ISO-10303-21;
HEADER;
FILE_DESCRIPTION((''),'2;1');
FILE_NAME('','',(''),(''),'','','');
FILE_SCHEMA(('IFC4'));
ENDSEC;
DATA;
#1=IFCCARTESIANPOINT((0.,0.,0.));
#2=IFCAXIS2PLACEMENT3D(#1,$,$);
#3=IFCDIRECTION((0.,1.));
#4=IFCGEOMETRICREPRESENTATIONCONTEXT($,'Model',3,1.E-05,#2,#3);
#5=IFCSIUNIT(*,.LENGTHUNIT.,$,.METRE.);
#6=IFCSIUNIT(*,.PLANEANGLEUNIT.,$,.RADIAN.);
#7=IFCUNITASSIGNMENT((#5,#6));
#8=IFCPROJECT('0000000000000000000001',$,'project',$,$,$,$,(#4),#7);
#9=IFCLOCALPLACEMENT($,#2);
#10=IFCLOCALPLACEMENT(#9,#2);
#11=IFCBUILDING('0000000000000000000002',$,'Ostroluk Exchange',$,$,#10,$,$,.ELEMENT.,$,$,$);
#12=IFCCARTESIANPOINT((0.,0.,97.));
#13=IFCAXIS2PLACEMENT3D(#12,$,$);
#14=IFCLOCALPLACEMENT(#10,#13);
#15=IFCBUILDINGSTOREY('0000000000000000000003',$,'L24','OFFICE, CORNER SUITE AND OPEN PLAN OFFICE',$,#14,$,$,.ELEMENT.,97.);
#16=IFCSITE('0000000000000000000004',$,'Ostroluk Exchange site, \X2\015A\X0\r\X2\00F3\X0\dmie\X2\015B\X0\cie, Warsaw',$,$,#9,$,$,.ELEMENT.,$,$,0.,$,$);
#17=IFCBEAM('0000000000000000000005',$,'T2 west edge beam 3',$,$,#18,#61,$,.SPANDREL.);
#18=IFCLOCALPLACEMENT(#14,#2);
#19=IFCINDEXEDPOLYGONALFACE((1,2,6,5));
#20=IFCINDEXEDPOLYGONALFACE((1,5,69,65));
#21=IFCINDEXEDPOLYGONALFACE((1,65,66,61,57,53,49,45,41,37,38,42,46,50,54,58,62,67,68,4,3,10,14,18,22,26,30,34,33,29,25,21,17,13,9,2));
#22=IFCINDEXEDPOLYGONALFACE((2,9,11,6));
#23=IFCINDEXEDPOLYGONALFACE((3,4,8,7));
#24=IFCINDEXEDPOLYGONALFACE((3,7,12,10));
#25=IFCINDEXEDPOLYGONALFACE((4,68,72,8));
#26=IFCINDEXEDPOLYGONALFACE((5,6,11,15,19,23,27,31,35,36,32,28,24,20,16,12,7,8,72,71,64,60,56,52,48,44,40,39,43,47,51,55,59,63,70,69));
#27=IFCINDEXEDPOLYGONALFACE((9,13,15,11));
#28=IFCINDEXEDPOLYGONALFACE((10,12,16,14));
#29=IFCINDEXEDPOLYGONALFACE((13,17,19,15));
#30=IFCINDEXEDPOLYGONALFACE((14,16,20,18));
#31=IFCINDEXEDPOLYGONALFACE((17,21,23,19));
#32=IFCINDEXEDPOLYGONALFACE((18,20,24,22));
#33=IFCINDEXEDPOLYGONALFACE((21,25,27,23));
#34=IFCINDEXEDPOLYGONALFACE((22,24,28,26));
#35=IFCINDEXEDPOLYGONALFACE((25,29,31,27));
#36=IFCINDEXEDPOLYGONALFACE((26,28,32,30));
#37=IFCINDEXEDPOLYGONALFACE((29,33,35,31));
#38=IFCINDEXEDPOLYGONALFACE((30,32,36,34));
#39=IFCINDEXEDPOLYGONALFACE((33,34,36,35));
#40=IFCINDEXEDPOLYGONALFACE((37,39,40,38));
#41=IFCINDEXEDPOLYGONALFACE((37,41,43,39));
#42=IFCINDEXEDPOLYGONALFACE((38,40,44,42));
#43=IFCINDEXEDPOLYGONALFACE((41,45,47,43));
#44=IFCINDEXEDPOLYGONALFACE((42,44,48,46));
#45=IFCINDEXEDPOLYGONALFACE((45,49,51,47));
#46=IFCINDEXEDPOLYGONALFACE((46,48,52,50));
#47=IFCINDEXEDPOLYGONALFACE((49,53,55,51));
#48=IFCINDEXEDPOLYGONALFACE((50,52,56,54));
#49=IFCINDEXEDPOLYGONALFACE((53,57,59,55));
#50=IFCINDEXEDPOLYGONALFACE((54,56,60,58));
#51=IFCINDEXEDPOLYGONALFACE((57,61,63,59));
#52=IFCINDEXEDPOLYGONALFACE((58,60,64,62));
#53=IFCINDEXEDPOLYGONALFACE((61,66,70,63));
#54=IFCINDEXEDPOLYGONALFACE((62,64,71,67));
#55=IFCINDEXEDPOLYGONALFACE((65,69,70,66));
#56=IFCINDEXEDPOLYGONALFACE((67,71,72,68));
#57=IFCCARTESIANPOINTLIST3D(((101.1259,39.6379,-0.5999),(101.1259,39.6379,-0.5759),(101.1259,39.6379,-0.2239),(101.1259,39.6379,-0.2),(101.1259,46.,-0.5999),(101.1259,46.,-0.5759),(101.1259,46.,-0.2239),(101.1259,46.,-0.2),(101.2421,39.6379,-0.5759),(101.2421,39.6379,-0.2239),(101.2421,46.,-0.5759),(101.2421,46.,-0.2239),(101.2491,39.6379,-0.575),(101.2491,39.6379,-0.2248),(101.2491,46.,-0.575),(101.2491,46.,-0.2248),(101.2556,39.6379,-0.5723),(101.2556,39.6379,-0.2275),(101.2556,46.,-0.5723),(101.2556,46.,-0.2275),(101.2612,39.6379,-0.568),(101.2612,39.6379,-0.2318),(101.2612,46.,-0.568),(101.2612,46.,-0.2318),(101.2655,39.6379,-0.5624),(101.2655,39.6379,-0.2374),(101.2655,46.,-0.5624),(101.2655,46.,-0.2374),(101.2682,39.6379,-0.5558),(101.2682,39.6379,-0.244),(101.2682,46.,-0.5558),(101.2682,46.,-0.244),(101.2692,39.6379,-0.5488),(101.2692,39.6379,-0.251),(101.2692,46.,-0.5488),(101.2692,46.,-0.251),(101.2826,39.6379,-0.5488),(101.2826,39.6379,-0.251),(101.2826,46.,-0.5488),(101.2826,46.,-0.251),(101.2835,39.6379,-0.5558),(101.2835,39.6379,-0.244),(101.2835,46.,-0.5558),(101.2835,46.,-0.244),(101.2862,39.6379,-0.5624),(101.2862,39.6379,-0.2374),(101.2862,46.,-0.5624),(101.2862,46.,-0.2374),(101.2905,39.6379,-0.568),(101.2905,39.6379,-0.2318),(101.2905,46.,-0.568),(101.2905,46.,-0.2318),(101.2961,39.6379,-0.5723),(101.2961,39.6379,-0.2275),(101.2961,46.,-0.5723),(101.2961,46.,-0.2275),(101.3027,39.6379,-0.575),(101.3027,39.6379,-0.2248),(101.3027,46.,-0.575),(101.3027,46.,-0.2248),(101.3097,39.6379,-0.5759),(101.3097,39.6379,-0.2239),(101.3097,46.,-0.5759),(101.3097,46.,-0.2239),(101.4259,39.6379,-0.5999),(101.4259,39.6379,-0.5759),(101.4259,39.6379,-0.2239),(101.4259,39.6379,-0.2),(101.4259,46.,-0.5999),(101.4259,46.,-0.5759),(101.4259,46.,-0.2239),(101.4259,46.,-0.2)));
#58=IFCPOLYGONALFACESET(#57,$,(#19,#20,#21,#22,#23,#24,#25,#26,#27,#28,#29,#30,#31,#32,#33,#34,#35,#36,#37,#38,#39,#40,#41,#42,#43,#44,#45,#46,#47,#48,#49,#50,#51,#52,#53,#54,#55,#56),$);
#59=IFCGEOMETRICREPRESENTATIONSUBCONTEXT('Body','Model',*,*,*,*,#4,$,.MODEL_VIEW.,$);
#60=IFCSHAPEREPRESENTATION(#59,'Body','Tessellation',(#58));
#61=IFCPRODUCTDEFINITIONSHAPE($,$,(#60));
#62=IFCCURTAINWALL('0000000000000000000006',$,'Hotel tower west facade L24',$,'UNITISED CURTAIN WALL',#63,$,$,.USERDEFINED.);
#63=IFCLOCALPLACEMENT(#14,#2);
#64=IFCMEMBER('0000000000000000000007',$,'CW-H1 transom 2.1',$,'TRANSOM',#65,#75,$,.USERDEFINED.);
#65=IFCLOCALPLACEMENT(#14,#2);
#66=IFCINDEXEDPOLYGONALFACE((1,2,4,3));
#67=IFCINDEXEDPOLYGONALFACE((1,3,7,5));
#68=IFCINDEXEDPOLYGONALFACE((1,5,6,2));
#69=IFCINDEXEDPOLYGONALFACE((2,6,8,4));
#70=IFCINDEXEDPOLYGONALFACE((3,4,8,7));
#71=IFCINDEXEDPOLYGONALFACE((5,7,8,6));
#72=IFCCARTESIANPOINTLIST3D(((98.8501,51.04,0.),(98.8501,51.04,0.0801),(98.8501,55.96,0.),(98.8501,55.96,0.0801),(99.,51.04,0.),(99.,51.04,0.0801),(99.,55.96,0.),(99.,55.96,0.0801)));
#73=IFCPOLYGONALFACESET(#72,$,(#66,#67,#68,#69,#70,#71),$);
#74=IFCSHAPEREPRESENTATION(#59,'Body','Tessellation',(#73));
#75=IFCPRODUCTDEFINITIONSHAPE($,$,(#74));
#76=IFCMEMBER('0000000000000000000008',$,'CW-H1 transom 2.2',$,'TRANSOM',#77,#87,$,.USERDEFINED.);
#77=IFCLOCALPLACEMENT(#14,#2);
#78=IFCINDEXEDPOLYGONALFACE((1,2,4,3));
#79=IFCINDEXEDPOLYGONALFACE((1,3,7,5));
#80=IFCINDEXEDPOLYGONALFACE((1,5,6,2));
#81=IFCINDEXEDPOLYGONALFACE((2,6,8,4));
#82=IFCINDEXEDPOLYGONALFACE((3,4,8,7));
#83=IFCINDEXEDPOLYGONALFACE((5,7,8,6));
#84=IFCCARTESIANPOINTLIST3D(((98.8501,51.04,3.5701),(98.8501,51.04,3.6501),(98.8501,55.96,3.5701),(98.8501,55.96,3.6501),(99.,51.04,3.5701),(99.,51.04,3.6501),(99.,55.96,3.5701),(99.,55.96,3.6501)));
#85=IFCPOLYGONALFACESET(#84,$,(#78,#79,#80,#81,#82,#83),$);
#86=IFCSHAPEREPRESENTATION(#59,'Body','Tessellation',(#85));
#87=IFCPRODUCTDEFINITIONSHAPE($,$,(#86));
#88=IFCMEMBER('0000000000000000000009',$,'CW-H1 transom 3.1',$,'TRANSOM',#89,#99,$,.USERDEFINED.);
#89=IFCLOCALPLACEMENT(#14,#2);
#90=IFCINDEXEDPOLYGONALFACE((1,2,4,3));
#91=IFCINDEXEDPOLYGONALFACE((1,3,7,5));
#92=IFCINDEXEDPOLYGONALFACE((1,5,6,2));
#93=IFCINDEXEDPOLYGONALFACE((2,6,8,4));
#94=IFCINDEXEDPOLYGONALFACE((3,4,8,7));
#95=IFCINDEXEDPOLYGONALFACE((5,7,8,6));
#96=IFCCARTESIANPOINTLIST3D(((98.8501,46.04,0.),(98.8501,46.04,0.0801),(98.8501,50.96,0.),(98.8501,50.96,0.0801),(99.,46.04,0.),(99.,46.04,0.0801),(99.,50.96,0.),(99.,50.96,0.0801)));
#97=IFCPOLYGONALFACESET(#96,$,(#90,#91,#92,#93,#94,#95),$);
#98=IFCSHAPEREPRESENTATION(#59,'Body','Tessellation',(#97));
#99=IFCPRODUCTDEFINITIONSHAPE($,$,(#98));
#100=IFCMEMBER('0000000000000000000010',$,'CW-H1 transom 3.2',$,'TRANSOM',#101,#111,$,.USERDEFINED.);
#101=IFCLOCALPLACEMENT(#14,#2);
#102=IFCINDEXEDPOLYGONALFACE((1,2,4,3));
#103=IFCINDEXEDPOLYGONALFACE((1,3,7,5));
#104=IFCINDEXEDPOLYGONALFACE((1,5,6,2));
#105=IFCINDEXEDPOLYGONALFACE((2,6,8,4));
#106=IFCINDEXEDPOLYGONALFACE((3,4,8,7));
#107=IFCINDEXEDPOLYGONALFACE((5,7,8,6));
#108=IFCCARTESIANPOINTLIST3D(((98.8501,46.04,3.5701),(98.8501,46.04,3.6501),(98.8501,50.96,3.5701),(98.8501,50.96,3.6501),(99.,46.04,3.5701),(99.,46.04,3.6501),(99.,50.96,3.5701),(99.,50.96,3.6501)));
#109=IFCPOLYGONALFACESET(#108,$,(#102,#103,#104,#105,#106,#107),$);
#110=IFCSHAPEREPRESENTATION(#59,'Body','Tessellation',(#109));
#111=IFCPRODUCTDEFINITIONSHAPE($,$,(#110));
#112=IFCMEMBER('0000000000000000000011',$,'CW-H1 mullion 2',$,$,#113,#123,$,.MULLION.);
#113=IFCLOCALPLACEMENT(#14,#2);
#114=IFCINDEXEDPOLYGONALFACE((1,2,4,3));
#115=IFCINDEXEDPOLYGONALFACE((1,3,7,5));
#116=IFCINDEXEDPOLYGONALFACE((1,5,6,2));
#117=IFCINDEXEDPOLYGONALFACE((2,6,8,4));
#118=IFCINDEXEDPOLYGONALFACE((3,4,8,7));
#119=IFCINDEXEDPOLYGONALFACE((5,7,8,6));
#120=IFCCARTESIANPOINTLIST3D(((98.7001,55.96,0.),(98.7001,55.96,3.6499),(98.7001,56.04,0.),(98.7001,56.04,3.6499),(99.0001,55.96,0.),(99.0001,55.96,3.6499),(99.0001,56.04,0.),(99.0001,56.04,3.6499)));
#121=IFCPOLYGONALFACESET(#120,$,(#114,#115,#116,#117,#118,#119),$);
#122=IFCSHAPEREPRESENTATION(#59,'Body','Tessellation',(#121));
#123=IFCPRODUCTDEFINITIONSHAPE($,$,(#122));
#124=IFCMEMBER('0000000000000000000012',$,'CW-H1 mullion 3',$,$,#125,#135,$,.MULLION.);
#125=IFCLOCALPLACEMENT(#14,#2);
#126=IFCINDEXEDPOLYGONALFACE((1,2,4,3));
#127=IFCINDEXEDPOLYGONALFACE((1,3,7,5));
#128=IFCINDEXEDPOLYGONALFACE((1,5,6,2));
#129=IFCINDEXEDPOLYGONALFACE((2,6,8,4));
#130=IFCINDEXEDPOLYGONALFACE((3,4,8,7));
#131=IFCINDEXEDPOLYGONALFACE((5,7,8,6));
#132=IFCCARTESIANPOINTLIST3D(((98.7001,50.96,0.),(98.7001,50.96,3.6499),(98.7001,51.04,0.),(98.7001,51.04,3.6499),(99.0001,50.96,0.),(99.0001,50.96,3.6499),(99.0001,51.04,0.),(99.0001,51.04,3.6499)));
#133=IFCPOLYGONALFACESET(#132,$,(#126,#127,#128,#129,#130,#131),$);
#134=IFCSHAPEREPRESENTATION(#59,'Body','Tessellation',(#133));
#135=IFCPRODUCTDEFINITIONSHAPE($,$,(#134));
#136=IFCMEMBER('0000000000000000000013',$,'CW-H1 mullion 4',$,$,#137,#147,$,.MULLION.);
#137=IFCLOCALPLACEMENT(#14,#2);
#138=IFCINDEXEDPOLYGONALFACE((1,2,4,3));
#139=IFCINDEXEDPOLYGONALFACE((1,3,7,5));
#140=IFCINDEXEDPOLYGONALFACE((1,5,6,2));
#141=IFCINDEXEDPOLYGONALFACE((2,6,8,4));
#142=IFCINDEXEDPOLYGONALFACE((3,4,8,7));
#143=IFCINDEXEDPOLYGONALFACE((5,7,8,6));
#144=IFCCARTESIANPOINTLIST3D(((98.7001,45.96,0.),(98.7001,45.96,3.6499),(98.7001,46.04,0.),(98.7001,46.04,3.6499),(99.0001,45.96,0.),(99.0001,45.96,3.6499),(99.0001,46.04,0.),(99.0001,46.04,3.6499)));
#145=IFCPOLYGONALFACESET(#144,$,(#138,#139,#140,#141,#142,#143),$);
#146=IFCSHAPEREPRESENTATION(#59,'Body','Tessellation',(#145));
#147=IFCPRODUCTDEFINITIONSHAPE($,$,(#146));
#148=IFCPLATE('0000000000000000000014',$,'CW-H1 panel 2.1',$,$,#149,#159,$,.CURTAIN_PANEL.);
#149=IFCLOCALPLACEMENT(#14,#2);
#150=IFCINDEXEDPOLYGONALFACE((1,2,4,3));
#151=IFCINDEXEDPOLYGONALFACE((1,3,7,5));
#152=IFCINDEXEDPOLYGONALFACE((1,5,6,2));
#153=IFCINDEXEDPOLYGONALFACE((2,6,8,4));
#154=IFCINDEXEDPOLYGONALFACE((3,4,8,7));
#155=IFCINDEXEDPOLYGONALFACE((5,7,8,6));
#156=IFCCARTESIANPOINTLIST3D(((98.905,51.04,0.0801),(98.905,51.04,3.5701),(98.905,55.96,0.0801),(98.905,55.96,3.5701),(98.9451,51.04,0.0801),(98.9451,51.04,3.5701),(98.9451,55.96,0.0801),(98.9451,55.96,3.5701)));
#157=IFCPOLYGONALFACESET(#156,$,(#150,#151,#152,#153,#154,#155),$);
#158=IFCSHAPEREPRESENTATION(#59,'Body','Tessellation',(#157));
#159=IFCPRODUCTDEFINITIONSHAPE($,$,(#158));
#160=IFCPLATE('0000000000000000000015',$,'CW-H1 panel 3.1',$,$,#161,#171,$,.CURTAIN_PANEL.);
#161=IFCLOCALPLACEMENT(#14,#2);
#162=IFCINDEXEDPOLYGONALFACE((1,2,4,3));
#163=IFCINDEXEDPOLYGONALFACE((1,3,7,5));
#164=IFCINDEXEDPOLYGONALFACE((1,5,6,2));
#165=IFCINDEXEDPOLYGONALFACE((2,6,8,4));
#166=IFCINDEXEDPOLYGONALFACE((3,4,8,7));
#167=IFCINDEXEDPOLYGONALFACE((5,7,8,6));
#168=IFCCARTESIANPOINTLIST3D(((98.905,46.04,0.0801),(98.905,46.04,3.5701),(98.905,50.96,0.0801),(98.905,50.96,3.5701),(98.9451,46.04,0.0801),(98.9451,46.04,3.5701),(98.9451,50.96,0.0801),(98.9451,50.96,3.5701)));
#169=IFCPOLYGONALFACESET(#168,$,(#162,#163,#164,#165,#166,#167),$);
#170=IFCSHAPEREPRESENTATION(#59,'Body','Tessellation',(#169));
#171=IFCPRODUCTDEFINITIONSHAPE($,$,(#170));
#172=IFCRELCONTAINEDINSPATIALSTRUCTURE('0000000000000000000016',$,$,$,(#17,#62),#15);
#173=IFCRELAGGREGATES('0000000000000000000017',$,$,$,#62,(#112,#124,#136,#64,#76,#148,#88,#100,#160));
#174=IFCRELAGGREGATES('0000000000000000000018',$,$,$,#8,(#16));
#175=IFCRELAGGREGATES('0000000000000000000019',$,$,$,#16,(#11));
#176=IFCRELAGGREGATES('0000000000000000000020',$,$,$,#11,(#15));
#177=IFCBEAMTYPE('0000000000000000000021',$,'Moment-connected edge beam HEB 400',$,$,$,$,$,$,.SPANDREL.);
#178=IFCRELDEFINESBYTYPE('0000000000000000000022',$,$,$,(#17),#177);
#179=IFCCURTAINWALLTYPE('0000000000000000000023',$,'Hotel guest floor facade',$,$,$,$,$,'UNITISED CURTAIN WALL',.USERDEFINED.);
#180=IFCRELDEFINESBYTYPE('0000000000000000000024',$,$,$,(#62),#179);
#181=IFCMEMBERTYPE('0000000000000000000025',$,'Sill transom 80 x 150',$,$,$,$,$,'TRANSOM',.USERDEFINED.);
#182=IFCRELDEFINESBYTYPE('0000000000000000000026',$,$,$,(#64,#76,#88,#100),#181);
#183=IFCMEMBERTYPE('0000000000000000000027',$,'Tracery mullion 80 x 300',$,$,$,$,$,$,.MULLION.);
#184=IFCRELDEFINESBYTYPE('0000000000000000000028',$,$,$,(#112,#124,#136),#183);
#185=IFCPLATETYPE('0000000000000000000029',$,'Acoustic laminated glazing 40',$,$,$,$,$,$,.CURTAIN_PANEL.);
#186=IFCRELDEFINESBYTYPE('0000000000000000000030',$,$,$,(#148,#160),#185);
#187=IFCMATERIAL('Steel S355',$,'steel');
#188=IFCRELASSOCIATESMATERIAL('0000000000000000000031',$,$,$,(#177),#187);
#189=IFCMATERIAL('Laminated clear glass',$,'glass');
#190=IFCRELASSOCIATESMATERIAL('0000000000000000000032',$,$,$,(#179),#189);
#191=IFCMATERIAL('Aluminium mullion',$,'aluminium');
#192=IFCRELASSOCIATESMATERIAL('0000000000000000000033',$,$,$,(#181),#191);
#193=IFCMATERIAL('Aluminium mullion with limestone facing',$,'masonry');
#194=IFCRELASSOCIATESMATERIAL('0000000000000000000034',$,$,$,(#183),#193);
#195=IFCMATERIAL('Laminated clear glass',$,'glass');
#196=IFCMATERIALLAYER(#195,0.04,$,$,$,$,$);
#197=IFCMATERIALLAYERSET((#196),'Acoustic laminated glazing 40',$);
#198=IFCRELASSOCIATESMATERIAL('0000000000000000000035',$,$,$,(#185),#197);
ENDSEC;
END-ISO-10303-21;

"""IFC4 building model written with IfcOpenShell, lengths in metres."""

from ifc_helpers import new_model, si_unit, direction, frame, origin, origin_2d, place, context, subcontext, project, spatial, rectangle, i_section, extrude, material, layer, layer_set, material_profile, profile_set, type_object, element, aggregate, save


model = new_model("IFC4")

# Units and contexts
model_context = context("Model", 3, precision=1e-05, world=origin(), true_north=direction((0.0, 1.0)))
body_context = subcontext(model_context, "Body", "Model", "MODEL_VIEW")
ifc_project = project(units=[si_unit("LENGTHUNIT", "METRE"), si_unit("PLANEANGLEUNIT", "RADIAN")], contexts=[model_context])

# Site, building, storey
site_placement = place(None, origin())
site = spatial("IfcSite", under=ifc_project, at=site_placement, Name="Ostroluk Exchange site, Śródmieście, Warsaw", CompositionType="ELEMENT", RefElevation=0.0)
building_placement = place(site_placement, origin())
building = spatial("IfcBuilding", under=site, at=building_placement, Name="Ostroluk Exchange", CompositionType="ELEMENT")
storey_placement = place(building_placement, frame((0.0, 0.0, 97.0)))
storey = spatial("IfcBuildingStorey", under=building, at=storey_placement, Name="L24", Description="OFFICE, CORNER SUITE AND OPEN PLAN OFFICE", CompositionType="ELEMENT", Elevation=97.0)

# Beam
ifc_material_1 = material(Name="Steel S355", Category="steel")
ifc_material_profile_1 = material_profile(ifc_material_1, i_section(OverallWidth=0.3, OverallDepth=0.3999, WebThickness=0.0134, FlangeThickness=0.0239, FilletRadius=0.0271, at=origin_2d()), Name="HEB 400")
ifc_profile_set_1 = profile_set([ifc_material_profile_1], Name="Steel S355")
beam_type = type_object("IfcBeamType", Name="Moment-connected edge beam HEB 400", PredefinedType="SPANDREL", material=ifc_profile_set_1)
for number, where, z_axis, x_axis, name in (
    (1, (101.2759, 46.0, -0.3999), (0.0, -1.0, 0.0), (1.0, 0.0, 0.0), "T2 west edge beam 3"),
):
    element("IfcBeam", number, at=place(storey_placement, frame(where, z_axis=z_axis, x_axis=x_axis)), inside=storey, type_object=beam_type, Name=name, PredefinedType="SPANDREL", context=body_context, shape_type="SweptSolid", body=[
        extrude(i_section(OverallWidth=0.3, OverallDepth=0.3999, WebThickness=0.0134, FlangeThickness=0.0239, FilletRadius=0.0271, at=origin_2d()), origin(), (0.0, 0.0, 1.0), 6.3621),
    ])

# Curtain wall, members, plates
ifc_material_2 = material(Name="Laminated clear glass", Category="glass")
curtain_wall_type = type_object("IfcCurtainWallType", Name="Hotel guest floor facade", ElementType="UNITISED CURTAIN WALL", PredefinedType="USERDEFINED", material=ifc_material_2)
curtain_wall_placement = place(storey_placement, origin())
curtain_wall = element("IfcCurtainWall", 2, at=curtain_wall_placement, inside=storey, type_object=curtain_wall_type, Name="Hotel tower west facade L24", ObjectType="UNITISED CURTAIN WALL", PredefinedType="USERDEFINED")
ifc_material_3 = material(Name="Aluminium mullion", Category="aluminium")
ifc_material_profile_2 = material_profile(ifc_material_3, rectangle(XDim=0.1499, YDim=0.0801, at=origin_2d()), Name="Sill transom 80 x 150")
ifc_profile_set_2 = profile_set([ifc_material_profile_2], Name="Aluminium mullion")
member_type_1 = type_object("IfcMemberType", Name="Sill transom 80 x 150", ElementType="TRANSOM", PredefinedType="USERDEFINED", material=ifc_profile_set_2)
member_1_placement = place(storey_placement, frame((98.925, 55.96, 0.04), z_axis=(0.0, -1.0, 0.0), x_axis=(1.0, 0.0, 0.0)))
member_1 = element("IfcMember", 3, at=member_1_placement, type_object=member_type_1, Name="CW-H1 transom 2.1", ObjectType="TRANSOM", PredefinedType="USERDEFINED", context=body_context, shape_type="SweptSolid", body=[
    extrude(rectangle(XDim=0.1499, YDim=0.0801, at=origin_2d()), origin(), (0.0, 0.0, 1.0), 4.9199),
])
member_2_placement = place(storey_placement, frame((98.925, 55.96, 3.6101), z_axis=(0.0, -1.0, 0.0), x_axis=(1.0, 0.0, 0.0)))
member_2 = element("IfcMember", 4, at=member_2_placement, type_object=member_type_1, Name="CW-H1 transom 2.2", ObjectType="TRANSOM", PredefinedType="USERDEFINED", context=body_context, shape_type="SweptSolid", body=[
    extrude(rectangle(XDim=0.1499, YDim=0.0801, at=origin_2d()), origin(), (0.0, 0.0, 1.0), 4.9199),
])
member_3_placement = place(storey_placement, frame((98.925, 50.96, 0.04), z_axis=(0.0, -1.0, 0.0), x_axis=(1.0, 0.0, 0.0)))
member_3 = element("IfcMember", 5, at=member_3_placement, type_object=member_type_1, Name="CW-H1 transom 3.1", ObjectType="TRANSOM", PredefinedType="USERDEFINED", context=body_context, shape_type="SweptSolid", body=[
    extrude(rectangle(XDim=0.1499, YDim=0.0801, at=origin_2d()), origin(), (0.0, 0.0, 1.0), 4.9199),
])
member_4_placement = place(storey_placement, frame((98.925, 50.96, 3.6101), z_axis=(0.0, -1.0, 0.0), x_axis=(1.0, 0.0, 0.0)))
member_4 = element("IfcMember", 6, at=member_4_placement, type_object=member_type_1, Name="CW-H1 transom 3.2", ObjectType="TRANSOM", PredefinedType="USERDEFINED", context=body_context, shape_type="SweptSolid", body=[
    extrude(rectangle(XDim=0.1499, YDim=0.0801, at=origin_2d()), origin(), (0.0, 0.0, 1.0), 4.9199),
])
ifc_material_4 = material(Name="Aluminium mullion with limestone facing", Category="masonry")
ifc_material_profile_3 = material_profile(ifc_material_4, rectangle(XDim=0.3, YDim=0.0801, at=origin_2d()), Name="Tracery mullion 80 x 300")
ifc_profile_set_3 = profile_set([ifc_material_profile_3], Name="Aluminium mullion with limestone facing")
member_type_2 = type_object("IfcMemberType", Name="Tracery mullion 80 x 300", PredefinedType="MULLION", material=ifc_profile_set_3)
member_5_placement = place(storey_placement, frame((98.8501, 56.0, 0.0), z_axis=(0.0, 0.0, 1.0), x_axis=(1.0, 0.0, 0.0)))
member_5 = element("IfcMember", 7, at=member_5_placement, type_object=member_type_2, Name="CW-H1 mullion 2", PredefinedType="MULLION", context=body_context, shape_type="SweptSolid", body=[
    extrude(rectangle(XDim=0.3, YDim=0.0801, at=origin_2d()), origin(), (0.0, 0.0, 1.0), 3.6499),
])
member_6_placement = place(storey_placement, frame((98.8501, 51.0, 0.0), z_axis=(0.0, 0.0, 1.0), x_axis=(1.0, 0.0, 0.0)))
member_6 = element("IfcMember", 8, at=member_6_placement, type_object=member_type_2, Name="CW-H1 mullion 3", PredefinedType="MULLION", context=body_context, shape_type="SweptSolid", body=[
    extrude(rectangle(XDim=0.3, YDim=0.0801, at=origin_2d()), origin(), (0.0, 0.0, 1.0), 3.6499),
])
member_7_placement = place(storey_placement, frame((98.8501, 46.0, 0.0), z_axis=(0.0, 0.0, 1.0), x_axis=(1.0, 0.0, 0.0)))
member_7 = element("IfcMember", 9, at=member_7_placement, type_object=member_type_2, Name="CW-H1 mullion 4", PredefinedType="MULLION", context=body_context, shape_type="SweptSolid", body=[
    extrude(rectangle(XDim=0.3, YDim=0.0801, at=origin_2d()), origin(), (0.0, 0.0, 1.0), 3.6499),
])
ifc_material_5 = material(Name="Laminated clear glass", Category="glass")
ifc_layer_1 = layer(ifc_material_5, 0.04)
ifc_layer_set_1 = layer_set([ifc_layer_1], Name="Acoustic laminated glazing 40")
plate_type = type_object("IfcPlateType", Name="Acoustic laminated glazing 40", PredefinedType="CURTAIN_PANEL", material=ifc_layer_set_1)
plate_1_placement = place(storey_placement, frame((98.925, 53.5, 0.0801), z_axis=(0.0, 0.0, 1.0), x_axis=(0.0, -1.0, 0.0)))
plate_1 = element("IfcPlate", 10, at=plate_1_placement, type_object=plate_type, Name="CW-H1 panel 2.1", PredefinedType="CURTAIN_PANEL", context=body_context, shape_type="SweptSolid", body=[
    extrude(rectangle(XDim=4.9199, YDim=0.04, at=origin_2d()), origin(), (0.0, 0.0, 1.0), 3.49),
])
plate_2_placement = place(storey_placement, frame((98.925, 48.5, 0.0801), z_axis=(0.0, 0.0, 1.0), x_axis=(0.0, -1.0, 0.0)))
plate_2 = element("IfcPlate", 11, at=plate_2_placement, type_object=plate_type, Name="CW-H1 panel 3.1", PredefinedType="CURTAIN_PANEL", context=body_context, shape_type="SweptSolid", body=[
    extrude(rectangle(XDim=4.9199, YDim=0.04, at=origin_2d()), origin(), (0.0, 0.0, 1.0), 3.49),
])
aggregate(curtain_wall, [member_5, member_6, member_7, member_1, member_2, plate_1, member_3, member_4, plate_2])

save(model, "model.ifc")
